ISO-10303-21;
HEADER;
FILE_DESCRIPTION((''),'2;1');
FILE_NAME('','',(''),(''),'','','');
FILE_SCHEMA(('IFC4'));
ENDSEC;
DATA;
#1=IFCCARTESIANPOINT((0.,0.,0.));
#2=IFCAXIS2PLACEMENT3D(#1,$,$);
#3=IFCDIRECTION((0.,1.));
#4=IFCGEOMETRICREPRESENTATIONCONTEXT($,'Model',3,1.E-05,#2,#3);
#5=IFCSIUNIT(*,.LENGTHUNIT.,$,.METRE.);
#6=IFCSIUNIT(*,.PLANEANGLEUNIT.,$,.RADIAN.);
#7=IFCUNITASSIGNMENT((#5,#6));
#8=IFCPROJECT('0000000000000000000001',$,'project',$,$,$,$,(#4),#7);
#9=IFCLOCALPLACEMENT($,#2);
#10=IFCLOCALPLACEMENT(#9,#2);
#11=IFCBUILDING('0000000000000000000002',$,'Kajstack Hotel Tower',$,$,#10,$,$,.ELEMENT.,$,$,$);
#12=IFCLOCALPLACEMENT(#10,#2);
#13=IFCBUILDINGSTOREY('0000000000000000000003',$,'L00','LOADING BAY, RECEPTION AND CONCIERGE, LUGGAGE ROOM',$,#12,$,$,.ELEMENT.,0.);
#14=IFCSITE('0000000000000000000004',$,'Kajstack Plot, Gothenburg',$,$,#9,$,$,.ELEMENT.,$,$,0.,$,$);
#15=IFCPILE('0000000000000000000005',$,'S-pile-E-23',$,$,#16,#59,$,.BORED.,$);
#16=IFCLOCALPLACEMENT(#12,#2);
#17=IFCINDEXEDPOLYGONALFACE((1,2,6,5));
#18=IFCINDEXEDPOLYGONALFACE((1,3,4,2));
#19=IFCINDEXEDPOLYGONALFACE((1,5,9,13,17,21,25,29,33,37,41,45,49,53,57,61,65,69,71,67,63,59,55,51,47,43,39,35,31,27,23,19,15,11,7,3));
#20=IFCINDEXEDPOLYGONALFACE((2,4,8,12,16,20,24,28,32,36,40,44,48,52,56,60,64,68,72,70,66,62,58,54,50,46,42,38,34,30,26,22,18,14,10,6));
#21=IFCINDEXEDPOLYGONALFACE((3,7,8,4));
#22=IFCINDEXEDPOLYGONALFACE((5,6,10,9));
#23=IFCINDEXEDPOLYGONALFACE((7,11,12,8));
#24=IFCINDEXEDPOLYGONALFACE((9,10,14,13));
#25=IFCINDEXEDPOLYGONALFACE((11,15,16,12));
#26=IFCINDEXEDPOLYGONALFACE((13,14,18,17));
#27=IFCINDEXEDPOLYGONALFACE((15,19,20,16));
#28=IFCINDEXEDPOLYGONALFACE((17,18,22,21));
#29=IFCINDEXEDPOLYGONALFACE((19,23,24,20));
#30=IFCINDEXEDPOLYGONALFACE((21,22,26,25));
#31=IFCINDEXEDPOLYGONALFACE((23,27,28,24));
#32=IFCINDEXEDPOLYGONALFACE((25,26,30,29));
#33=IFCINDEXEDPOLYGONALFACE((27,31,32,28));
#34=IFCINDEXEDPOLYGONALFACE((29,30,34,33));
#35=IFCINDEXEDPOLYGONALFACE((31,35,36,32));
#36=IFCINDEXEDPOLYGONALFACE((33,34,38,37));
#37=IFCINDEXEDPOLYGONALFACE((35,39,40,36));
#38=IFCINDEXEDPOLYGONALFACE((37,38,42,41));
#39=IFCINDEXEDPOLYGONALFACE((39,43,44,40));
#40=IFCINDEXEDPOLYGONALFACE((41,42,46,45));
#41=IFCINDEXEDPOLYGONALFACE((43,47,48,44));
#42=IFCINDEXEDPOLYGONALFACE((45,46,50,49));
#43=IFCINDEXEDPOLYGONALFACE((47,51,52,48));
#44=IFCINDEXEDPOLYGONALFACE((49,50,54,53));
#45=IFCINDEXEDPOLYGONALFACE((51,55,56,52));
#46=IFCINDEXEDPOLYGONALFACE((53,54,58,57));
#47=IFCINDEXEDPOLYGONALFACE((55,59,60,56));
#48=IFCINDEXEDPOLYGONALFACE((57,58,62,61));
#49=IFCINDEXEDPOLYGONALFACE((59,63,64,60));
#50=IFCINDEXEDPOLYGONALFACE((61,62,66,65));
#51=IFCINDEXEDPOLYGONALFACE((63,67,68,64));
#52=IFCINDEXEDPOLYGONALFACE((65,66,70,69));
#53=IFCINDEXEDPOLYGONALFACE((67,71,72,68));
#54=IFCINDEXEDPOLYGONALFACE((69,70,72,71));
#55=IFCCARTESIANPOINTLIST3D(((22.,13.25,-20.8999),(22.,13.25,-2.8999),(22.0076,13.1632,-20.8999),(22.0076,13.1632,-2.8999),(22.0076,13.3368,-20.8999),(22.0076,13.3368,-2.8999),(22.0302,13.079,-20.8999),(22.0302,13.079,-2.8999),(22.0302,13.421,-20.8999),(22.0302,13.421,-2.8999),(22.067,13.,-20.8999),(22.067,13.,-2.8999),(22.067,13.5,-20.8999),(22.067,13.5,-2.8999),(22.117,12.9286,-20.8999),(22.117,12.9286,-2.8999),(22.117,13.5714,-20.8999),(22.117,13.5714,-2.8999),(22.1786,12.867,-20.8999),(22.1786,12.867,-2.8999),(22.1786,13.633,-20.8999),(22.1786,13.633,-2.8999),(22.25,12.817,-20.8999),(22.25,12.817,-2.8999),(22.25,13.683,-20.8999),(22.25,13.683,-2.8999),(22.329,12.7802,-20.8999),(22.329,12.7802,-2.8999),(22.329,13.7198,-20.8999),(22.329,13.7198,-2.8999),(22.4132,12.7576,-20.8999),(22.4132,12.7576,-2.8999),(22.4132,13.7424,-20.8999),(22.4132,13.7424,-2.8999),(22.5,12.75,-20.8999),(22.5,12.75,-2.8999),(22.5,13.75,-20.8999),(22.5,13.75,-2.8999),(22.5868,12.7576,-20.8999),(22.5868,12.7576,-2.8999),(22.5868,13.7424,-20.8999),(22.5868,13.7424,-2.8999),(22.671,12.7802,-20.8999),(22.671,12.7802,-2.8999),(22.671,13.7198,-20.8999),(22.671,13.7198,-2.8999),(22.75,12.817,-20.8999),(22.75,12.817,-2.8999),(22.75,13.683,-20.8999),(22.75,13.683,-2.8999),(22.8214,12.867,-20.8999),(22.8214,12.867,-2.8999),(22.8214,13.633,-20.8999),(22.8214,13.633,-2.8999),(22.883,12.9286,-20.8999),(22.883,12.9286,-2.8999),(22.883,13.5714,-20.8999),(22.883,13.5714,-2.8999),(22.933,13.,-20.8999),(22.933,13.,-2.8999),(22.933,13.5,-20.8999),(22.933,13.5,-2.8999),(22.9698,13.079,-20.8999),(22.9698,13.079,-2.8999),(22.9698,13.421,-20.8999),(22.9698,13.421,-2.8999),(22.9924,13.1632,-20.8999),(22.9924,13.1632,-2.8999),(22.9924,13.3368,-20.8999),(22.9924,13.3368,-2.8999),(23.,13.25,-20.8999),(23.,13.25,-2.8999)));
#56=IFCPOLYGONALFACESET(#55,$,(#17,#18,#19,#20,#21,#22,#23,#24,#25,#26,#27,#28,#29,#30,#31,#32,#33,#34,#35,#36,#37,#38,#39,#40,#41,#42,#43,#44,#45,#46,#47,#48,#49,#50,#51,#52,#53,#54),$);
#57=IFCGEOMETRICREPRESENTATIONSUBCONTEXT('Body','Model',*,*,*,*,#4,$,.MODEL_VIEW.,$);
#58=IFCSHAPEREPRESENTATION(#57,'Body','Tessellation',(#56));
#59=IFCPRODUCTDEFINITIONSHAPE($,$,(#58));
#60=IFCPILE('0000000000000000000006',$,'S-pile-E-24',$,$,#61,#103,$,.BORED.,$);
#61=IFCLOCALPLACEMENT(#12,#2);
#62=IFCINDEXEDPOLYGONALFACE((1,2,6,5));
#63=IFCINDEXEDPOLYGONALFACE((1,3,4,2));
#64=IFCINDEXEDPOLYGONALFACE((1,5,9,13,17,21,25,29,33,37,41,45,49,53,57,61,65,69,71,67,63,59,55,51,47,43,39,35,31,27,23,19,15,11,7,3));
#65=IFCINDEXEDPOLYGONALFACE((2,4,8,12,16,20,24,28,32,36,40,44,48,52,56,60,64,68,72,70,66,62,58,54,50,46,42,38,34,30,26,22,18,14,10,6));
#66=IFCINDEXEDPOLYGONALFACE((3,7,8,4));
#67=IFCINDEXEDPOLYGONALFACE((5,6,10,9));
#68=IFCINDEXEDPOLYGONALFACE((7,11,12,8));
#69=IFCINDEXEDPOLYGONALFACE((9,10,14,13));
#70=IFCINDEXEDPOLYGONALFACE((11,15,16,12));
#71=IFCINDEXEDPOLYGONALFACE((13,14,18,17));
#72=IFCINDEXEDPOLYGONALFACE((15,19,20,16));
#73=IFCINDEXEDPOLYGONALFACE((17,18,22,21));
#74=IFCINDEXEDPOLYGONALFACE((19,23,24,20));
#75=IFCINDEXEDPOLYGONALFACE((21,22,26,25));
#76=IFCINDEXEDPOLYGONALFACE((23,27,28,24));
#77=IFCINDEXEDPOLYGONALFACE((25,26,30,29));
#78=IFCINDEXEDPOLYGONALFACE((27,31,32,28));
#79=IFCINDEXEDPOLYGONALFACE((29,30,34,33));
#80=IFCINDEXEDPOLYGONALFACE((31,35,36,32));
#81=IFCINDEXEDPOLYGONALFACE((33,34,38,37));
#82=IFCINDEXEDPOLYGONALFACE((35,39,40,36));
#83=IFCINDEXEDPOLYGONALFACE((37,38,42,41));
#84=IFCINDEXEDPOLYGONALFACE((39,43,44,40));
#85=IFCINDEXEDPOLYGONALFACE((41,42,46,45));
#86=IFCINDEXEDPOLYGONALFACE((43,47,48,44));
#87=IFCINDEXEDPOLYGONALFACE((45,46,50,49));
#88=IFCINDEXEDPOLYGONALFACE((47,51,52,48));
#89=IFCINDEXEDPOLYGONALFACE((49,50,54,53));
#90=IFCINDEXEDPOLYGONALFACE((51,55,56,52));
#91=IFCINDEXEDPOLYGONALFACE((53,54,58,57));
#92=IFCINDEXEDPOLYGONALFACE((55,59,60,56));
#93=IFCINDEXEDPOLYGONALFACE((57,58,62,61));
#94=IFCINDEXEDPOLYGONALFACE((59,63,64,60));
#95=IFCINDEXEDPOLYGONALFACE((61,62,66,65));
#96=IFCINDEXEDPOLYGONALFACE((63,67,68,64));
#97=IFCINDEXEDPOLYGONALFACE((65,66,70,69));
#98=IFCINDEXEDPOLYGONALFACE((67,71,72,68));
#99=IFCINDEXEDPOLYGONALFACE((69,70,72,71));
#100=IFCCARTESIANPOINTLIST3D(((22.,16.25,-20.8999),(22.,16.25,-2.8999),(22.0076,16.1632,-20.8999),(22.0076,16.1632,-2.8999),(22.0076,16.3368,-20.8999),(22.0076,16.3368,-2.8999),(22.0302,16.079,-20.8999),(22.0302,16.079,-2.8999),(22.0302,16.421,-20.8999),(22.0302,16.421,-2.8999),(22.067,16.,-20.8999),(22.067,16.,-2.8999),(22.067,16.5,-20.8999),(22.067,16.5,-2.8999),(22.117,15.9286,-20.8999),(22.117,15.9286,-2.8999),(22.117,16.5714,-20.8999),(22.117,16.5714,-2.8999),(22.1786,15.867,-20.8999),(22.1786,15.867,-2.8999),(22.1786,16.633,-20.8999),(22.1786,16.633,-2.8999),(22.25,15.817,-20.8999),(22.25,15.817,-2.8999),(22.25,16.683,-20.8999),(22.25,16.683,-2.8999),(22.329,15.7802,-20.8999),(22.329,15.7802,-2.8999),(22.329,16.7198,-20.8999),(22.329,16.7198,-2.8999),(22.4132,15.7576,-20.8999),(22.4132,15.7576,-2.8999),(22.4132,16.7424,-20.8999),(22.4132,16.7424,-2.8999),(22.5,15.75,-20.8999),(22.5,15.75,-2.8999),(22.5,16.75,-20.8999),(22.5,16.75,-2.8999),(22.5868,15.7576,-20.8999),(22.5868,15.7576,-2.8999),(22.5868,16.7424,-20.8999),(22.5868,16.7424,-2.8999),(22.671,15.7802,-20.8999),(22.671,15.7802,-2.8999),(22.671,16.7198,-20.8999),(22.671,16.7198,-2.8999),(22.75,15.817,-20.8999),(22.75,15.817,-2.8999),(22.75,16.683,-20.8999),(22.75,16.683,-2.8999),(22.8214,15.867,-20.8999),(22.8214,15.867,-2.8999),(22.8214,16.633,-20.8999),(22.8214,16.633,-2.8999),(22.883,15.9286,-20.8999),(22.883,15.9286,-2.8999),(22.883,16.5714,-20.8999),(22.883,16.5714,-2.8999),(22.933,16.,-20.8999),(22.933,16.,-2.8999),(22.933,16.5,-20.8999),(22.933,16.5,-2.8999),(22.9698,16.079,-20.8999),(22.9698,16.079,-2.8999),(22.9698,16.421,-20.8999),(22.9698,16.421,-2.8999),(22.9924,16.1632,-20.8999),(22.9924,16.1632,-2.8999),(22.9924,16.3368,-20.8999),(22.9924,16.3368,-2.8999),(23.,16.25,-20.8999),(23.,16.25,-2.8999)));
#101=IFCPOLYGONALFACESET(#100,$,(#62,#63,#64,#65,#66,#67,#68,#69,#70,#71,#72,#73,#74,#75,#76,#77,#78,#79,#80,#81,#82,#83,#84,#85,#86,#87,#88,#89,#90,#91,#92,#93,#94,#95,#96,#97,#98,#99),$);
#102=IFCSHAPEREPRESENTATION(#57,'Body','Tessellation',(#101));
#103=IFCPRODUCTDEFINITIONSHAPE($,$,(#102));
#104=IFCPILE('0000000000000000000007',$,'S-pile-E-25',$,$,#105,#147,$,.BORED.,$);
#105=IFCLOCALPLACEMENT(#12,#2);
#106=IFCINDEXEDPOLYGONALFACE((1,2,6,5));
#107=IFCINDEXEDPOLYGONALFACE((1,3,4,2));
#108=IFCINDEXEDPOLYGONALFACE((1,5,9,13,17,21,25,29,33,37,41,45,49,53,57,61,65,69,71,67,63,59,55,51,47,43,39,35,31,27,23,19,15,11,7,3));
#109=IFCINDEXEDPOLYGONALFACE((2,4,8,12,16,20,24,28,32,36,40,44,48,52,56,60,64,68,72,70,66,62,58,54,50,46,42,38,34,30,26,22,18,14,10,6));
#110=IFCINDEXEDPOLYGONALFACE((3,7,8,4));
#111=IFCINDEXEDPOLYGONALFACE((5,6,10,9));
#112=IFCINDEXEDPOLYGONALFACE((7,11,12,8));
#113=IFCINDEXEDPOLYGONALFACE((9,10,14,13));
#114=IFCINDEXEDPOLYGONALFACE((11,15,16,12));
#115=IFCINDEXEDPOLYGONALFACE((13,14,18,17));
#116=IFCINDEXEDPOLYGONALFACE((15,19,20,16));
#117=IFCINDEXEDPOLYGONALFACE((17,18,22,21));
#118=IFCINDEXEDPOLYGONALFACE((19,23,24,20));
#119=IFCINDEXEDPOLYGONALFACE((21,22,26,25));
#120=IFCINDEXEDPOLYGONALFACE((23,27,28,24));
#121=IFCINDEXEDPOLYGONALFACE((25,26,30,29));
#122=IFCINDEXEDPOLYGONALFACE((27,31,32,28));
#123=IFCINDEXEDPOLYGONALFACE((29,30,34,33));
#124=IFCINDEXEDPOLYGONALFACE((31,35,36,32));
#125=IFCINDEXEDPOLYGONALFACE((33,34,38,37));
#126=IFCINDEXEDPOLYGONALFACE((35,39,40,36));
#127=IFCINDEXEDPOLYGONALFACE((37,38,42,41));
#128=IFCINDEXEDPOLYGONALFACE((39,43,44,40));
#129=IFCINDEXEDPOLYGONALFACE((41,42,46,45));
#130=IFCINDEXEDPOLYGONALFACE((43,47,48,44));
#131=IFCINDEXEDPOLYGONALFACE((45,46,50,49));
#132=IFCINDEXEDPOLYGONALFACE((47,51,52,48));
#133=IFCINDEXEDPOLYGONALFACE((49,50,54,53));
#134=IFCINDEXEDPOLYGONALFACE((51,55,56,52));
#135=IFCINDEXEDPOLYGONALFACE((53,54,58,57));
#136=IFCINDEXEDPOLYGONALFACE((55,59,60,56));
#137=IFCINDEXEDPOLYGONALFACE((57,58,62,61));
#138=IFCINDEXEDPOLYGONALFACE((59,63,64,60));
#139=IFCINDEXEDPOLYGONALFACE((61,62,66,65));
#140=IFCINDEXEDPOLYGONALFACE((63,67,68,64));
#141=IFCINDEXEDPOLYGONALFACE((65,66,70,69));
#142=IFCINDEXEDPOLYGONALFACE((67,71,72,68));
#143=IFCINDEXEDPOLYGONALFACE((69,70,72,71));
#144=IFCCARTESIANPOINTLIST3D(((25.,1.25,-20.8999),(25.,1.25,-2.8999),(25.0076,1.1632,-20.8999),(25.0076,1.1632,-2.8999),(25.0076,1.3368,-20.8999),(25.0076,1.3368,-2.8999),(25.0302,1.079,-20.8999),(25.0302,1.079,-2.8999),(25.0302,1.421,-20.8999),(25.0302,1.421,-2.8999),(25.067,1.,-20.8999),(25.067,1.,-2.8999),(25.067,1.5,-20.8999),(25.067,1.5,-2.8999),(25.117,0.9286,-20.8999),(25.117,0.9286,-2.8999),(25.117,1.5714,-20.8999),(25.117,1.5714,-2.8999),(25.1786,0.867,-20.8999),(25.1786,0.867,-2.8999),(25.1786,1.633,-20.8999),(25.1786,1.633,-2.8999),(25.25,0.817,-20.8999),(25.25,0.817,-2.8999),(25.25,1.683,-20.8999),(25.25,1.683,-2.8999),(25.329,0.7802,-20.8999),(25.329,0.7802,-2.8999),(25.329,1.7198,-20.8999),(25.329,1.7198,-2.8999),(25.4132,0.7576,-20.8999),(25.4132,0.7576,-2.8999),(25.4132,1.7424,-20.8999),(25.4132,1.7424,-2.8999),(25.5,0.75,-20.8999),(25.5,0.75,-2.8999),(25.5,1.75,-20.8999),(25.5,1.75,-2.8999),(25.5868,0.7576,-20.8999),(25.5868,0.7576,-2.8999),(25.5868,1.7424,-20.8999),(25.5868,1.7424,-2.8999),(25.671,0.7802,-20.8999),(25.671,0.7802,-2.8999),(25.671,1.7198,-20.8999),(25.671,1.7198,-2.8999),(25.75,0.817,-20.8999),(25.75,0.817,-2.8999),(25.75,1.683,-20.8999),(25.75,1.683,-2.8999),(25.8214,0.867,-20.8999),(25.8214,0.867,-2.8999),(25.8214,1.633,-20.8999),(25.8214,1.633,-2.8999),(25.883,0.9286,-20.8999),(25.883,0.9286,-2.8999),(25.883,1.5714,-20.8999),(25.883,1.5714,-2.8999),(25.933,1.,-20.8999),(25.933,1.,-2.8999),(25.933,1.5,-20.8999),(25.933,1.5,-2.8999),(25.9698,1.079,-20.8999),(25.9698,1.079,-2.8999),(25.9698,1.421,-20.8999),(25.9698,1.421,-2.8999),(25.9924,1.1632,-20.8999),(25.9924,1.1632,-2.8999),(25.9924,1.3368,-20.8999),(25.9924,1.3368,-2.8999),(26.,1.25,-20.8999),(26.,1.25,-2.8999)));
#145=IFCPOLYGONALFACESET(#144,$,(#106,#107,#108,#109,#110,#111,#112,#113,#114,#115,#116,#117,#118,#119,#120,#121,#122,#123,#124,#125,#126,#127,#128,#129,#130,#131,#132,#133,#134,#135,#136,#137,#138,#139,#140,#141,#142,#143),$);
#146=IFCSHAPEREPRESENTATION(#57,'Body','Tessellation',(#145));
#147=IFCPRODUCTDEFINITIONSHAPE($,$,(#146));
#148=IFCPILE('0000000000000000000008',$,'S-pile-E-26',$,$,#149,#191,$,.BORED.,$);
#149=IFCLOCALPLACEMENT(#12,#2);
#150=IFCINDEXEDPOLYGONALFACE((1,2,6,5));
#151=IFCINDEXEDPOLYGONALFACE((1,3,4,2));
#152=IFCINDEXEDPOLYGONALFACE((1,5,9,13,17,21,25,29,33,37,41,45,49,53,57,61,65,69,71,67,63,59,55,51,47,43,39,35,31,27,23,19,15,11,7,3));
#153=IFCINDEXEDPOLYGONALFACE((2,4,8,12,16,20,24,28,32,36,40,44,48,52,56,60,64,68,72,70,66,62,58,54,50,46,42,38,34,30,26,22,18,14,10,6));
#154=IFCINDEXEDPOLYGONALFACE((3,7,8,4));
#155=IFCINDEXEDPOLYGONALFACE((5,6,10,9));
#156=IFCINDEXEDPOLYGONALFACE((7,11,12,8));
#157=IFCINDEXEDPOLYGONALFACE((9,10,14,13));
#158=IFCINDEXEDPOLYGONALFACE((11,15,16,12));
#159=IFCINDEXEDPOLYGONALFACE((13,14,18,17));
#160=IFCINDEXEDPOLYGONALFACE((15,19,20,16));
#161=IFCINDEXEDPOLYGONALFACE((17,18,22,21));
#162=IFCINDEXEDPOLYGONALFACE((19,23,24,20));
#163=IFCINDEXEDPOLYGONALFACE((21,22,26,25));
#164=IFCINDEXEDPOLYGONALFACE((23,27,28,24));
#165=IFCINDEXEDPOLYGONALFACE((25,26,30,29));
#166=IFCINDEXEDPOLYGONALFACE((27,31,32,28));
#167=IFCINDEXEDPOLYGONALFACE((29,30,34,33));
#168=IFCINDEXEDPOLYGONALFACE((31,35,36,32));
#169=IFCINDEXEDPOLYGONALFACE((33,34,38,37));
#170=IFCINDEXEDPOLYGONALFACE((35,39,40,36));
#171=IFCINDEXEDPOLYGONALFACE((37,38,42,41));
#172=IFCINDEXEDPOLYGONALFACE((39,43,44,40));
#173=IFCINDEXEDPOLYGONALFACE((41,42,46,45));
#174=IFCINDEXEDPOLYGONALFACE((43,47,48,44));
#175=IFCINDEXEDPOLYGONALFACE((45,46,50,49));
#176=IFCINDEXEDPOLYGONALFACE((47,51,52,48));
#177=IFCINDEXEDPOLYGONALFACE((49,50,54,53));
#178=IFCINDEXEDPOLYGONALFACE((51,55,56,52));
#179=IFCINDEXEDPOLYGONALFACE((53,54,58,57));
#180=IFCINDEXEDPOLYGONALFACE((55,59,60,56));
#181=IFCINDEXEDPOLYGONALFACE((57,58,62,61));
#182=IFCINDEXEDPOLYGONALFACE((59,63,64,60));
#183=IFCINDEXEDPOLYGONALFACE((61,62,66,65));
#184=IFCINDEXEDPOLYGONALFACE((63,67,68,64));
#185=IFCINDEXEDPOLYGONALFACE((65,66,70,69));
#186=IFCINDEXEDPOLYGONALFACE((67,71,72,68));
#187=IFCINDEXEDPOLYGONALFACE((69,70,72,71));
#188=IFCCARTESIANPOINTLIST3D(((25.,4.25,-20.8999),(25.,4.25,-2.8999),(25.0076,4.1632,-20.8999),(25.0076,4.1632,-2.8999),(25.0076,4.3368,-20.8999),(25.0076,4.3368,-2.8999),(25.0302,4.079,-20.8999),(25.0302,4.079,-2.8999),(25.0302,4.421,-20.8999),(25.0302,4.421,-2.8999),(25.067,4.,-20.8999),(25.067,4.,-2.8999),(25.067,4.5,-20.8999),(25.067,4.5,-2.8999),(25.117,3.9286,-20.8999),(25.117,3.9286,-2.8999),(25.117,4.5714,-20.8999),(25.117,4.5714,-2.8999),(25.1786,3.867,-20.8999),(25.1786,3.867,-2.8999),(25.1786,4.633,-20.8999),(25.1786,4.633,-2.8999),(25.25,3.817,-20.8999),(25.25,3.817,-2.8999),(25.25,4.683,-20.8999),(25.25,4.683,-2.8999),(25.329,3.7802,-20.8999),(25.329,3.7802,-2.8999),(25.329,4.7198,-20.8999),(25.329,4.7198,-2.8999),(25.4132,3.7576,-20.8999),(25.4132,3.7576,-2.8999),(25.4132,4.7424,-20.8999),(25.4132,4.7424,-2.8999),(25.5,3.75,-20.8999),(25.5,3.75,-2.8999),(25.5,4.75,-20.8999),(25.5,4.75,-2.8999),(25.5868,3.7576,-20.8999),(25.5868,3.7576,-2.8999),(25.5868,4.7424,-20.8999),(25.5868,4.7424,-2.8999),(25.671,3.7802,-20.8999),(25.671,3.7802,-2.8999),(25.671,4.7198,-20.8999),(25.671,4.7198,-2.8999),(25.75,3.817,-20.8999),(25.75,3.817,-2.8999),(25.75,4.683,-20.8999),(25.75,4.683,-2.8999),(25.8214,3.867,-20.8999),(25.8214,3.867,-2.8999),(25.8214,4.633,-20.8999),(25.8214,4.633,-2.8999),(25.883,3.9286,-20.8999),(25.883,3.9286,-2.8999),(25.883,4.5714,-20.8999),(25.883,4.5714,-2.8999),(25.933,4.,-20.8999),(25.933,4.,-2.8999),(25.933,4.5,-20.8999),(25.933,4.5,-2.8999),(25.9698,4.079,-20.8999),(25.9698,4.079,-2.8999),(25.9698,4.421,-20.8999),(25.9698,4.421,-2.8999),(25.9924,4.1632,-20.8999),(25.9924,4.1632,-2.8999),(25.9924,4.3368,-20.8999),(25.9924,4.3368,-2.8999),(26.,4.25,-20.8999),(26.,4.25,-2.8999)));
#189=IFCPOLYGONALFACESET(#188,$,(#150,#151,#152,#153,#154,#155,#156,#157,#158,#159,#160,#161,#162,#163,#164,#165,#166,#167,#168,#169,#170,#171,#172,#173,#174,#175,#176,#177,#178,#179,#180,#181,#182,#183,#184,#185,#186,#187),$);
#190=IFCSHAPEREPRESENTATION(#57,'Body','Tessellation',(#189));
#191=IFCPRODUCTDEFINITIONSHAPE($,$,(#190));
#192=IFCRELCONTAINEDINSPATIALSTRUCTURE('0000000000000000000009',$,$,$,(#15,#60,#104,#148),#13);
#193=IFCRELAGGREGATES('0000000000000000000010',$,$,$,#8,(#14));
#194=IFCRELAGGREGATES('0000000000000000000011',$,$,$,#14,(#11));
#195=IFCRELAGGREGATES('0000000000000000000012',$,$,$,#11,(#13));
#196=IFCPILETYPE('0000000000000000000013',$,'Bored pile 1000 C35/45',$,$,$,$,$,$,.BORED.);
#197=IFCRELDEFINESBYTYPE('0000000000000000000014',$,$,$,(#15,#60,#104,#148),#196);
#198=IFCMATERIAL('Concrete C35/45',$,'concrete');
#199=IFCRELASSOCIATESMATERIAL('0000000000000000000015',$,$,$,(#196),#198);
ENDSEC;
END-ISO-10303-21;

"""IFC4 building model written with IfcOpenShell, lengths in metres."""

from ifc_helpers import new_model, si_unit, direction, frame, origin, origin_2d, place, context, subcontext, project, spatial, circle, extrude, material, material_profile, profile_set, type_object, element, save


model = new_model("IFC4")

# Units and contexts
model_context = context("Model", 3, precision=1e-05, world=origin(), true_north=direction((0.0, 1.0)))
body_context = subcontext(model_context, "Body", "Model", "MODEL_VIEW")
ifc_project = project(units=[si_unit("LENGTHUNIT", "METRE"), si_unit("PLANEANGLEUNIT", "RADIAN")], contexts=[model_context])

# Site, building, storey
site_placement = place(None, origin())
site = spatial("IfcSite", under=ifc_project, at=site_placement, Name="Kajstack Plot, Gothenburg", CompositionType="ELEMENT", RefElevation=0.0)
building_placement = place(site_placement, origin())
building = spatial("IfcBuilding", under=site, at=building_placement, Name="Kajstack Hotel Tower", CompositionType="ELEMENT")
storey_placement = place(building_placement, origin())
storey = spatial("IfcBuildingStorey", under=building, at=storey_placement, Name="L00", Description="LOADING BAY, RECEPTION AND CONCIERGE, LUGGAGE ROOM", CompositionType="ELEMENT", Elevation=0.0)

# Piles
ifc_material_1 = material(Name="Concrete C35/45", Category="concrete")
ifc_material_profile = material_profile(ifc_material_1, circle(Radius=0.5, at=origin_2d()), Name="RC round 1000")
ifc_profile_set = profile_set([ifc_material_profile], Name="Concrete C35/45")
pile_type = type_object("IfcPileType", Name="Bored pile 1000 C35/45", PredefinedType="BORED", material=ifc_profile_set)
for number, where, z_axis, x_axis, name in (
    (1, (22.5, 13.25, -2.8999), (0.0, 0.0, -1.0), (1.0, 0.0, 0.0), "S-pile-E-23"),
    (2, (22.5, 16.25, -2.8999), (0.0, 0.0, -1.0), (1.0, 0.0, 0.0), "S-pile-E-24"),
    (3, (25.5, 1.25, -2.8999), (0.0, 0.0, -1.0), (1.0, 0.0, 0.0), "S-pile-E-25"),
    (4, (25.5, 4.25, -2.8999), (0.0, 0.0, -1.0), (1.0, 0.0, 0.0), "S-pile-E-26"),
):
    element("IfcPile", number, at=place(storey_placement, frame(where, z_axis=z_axis, x_axis=x_axis)), inside=storey, type_object=pile_type, Name=name, PredefinedType="BORED", context=body_context, shape_type="SweptSolid", body=[
        extrude(circle(Radius=0.5, at=origin_2d()), origin(), (0.0, 0.0, 1.0), 18.0),
    ])

save(model, "model.ifc")
